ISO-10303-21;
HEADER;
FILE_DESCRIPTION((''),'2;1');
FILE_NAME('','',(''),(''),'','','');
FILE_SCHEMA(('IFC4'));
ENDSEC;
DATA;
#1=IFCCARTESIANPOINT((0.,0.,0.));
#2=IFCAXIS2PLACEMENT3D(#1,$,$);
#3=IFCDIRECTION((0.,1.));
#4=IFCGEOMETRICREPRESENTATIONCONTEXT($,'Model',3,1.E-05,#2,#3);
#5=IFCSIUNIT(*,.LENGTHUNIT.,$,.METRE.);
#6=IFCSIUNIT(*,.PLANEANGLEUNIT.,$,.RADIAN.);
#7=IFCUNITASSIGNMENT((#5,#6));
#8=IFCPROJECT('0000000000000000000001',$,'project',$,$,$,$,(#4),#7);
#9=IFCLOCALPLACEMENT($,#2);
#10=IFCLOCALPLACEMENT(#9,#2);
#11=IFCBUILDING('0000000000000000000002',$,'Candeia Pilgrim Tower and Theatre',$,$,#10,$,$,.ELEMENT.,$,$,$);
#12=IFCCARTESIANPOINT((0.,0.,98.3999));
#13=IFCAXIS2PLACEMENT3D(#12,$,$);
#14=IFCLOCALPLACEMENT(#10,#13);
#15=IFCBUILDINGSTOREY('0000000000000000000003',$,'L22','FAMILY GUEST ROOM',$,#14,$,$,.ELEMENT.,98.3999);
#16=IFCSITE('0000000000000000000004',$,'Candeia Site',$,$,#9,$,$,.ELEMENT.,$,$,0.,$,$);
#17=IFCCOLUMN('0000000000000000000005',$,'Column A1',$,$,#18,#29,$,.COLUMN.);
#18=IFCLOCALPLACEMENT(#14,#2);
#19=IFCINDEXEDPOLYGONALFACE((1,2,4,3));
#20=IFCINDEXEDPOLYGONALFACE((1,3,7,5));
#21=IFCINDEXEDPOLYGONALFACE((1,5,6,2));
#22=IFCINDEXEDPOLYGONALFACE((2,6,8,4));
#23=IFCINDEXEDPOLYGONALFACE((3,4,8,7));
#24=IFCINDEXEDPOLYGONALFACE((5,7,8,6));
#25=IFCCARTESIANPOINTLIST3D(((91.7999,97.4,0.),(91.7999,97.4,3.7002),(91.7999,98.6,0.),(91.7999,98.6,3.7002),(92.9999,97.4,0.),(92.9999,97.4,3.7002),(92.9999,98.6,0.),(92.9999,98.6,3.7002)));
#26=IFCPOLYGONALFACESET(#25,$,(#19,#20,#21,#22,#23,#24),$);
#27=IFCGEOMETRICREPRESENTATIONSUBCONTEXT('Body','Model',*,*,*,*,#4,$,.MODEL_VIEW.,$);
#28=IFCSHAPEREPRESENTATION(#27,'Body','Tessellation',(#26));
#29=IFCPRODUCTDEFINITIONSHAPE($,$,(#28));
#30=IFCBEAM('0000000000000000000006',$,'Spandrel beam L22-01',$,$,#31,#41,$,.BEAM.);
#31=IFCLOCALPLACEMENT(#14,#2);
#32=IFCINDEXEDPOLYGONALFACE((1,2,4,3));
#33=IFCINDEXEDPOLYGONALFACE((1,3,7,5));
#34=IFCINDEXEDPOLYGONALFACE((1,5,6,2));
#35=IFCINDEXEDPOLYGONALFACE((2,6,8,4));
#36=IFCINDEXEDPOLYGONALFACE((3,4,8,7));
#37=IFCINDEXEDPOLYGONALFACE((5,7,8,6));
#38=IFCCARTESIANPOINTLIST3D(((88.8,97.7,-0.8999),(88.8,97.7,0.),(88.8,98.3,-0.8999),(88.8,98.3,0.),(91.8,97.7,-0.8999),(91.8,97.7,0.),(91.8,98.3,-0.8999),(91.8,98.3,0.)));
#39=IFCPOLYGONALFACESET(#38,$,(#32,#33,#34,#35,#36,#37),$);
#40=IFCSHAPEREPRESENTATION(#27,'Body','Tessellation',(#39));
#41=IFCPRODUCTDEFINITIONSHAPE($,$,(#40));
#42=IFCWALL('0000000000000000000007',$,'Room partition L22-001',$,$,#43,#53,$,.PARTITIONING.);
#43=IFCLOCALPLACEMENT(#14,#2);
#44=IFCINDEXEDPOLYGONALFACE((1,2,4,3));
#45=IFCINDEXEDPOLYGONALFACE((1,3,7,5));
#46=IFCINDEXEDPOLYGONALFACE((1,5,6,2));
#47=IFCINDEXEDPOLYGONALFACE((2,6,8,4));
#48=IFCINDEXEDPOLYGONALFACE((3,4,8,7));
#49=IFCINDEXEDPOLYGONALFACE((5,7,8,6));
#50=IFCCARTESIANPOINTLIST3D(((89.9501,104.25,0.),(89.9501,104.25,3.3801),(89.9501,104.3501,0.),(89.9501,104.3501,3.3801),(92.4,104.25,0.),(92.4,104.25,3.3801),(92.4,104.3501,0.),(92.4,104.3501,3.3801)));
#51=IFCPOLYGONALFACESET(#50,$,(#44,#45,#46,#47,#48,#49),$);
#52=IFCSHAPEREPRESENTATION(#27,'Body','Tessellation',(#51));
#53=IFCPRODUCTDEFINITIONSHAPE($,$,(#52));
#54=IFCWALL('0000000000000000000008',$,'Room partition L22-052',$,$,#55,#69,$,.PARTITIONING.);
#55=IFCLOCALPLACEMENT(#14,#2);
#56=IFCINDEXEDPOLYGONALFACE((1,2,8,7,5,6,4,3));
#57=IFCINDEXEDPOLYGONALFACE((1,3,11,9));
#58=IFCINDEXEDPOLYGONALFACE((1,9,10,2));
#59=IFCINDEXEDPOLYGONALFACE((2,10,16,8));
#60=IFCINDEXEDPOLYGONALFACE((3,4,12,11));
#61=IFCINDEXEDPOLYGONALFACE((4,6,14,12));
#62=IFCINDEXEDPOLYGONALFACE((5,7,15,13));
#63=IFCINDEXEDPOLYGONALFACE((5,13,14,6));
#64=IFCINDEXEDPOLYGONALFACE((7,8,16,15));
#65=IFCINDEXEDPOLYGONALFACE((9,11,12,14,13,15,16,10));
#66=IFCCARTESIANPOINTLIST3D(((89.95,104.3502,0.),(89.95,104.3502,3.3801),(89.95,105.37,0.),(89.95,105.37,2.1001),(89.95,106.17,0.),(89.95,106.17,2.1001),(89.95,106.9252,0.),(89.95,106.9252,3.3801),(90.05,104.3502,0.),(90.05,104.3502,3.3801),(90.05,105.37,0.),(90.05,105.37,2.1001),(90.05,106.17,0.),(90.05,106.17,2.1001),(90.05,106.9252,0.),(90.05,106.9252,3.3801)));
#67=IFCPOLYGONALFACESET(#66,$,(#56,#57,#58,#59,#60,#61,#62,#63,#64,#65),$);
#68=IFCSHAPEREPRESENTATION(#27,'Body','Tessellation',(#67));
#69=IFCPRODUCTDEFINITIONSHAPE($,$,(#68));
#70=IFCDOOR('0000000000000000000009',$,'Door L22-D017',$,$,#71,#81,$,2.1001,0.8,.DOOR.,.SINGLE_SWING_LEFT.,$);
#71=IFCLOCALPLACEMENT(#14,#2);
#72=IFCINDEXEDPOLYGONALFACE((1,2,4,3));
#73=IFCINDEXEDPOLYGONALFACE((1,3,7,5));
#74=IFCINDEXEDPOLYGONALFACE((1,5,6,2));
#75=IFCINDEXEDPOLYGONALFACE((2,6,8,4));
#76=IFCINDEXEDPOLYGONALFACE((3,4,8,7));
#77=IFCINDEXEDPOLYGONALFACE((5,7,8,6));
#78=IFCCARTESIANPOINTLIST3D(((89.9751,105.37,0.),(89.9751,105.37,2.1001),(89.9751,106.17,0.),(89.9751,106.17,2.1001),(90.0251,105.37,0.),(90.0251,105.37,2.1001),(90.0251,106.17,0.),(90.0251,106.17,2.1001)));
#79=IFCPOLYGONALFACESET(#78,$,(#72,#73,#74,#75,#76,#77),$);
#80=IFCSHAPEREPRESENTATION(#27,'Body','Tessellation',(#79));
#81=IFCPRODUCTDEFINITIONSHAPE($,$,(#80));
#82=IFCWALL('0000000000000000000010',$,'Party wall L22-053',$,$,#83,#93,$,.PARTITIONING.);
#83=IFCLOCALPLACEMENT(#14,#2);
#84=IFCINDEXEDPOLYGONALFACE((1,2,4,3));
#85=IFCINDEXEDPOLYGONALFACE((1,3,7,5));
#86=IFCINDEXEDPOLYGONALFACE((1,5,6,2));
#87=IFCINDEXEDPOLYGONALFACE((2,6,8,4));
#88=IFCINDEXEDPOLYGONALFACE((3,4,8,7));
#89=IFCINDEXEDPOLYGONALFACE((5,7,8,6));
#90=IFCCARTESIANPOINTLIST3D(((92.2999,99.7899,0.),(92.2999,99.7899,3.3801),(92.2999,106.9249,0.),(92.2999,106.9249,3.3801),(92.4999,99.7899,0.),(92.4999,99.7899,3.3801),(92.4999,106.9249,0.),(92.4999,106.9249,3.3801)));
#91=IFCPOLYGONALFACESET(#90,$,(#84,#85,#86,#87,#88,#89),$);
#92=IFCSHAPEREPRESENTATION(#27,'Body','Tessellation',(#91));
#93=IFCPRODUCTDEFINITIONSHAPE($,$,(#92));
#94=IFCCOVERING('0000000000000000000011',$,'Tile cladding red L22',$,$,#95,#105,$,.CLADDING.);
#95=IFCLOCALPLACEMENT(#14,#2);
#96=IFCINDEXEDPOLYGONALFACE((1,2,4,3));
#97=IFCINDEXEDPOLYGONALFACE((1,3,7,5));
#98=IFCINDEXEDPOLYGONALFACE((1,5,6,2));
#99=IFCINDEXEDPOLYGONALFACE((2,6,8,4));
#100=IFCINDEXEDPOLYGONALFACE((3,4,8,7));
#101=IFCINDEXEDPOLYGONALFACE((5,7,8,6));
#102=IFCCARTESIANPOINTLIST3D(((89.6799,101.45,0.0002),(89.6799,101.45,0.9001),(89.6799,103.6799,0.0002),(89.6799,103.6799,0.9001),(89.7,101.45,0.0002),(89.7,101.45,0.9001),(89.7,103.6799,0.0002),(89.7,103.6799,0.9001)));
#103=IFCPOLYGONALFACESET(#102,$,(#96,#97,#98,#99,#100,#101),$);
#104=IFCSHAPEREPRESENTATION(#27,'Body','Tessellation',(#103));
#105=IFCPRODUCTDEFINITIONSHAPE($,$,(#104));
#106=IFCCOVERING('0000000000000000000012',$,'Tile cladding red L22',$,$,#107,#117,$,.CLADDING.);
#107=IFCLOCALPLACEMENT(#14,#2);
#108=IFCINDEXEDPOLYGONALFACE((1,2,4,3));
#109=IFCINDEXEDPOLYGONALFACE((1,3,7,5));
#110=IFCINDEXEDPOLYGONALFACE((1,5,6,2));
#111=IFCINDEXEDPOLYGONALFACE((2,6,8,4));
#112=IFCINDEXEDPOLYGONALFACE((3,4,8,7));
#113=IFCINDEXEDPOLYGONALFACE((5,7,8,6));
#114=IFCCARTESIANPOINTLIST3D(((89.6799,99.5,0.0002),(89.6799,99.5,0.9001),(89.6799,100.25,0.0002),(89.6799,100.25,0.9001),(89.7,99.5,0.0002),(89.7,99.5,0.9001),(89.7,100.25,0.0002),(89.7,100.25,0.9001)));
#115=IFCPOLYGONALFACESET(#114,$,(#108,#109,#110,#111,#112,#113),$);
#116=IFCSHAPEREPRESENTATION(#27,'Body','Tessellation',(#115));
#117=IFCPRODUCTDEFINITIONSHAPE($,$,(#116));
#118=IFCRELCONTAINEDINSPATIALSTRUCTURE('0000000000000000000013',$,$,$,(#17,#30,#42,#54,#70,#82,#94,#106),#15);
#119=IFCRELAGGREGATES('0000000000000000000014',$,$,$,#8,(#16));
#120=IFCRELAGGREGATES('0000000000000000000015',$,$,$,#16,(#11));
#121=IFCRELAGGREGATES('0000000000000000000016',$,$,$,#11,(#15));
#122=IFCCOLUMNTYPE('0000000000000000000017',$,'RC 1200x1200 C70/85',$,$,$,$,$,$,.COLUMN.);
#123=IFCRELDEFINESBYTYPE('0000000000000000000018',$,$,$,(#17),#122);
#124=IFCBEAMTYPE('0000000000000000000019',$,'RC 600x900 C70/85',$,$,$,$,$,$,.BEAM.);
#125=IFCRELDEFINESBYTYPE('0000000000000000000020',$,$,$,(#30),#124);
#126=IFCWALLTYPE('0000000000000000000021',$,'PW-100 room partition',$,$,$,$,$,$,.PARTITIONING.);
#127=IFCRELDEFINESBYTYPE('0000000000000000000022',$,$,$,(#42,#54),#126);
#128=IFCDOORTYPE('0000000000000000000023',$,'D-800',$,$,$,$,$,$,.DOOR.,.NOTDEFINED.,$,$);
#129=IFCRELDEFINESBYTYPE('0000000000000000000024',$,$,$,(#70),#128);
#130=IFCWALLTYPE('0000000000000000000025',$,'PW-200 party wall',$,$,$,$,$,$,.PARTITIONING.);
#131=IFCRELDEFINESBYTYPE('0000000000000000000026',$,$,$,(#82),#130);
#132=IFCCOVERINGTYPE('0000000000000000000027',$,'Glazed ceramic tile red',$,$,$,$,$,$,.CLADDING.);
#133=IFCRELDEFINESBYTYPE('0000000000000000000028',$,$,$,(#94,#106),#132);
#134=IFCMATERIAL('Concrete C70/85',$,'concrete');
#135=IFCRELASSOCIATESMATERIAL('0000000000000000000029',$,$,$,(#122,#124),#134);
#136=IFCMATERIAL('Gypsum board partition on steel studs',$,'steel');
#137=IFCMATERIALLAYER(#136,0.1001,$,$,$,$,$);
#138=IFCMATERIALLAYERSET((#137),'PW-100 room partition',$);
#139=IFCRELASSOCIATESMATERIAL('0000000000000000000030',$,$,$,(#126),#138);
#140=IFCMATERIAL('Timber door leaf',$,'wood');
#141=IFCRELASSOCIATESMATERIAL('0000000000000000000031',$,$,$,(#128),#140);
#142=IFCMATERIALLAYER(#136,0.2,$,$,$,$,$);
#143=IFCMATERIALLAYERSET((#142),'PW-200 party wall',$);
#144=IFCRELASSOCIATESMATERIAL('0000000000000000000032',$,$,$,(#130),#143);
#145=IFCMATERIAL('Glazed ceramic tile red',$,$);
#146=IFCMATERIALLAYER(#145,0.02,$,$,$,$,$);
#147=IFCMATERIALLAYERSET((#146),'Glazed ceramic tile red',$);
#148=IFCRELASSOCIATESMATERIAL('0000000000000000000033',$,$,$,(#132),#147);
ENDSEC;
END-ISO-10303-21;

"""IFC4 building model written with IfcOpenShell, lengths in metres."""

from ifc_helpers import new_model, si_unit, direction, frame, frame_2d, origin, origin_2d, place, context, subcontext, project, spatial, rectangle, extrude, material, layer, layer_set, material_profile, profile_set, type_object, element, fill, save


model = new_model("IFC4")

# Units and contexts
model_context = context("Model", 3, precision=1e-05, world=origin(), true_north=direction((0.0, 1.0)))
body_context = subcontext(model_context, "Body", "Model", "MODEL_VIEW")
ifc_project = project(units=[si_unit("LENGTHUNIT", "METRE"), si_unit("PLANEANGLEUNIT", "RADIAN")], contexts=[model_context])

# Site, building, storey
site_placement = place(None, origin())
site = spatial("IfcSite", under=ifc_project, at=site_placement, Name="Candeia Site", CompositionType="ELEMENT", RefElevation=0.0)
building_placement = place(site_placement, origin())
building = spatial("IfcBuilding", under=site, at=building_placement, Name="Candeia Pilgrim Tower and Theatre", CompositionType="ELEMENT")
storey_placement = place(building_placement, frame((0.0, 0.0, 98.3999)))
storey = spatial("IfcBuildingStorey", under=building, at=storey_placement, Name="L22", Description="FAMILY GUEST ROOM", CompositionType="ELEMENT", Elevation=98.3999)

# Column
ifc_material_1 = material(Name="Concrete C70/85", Category="concrete")
ifc_material_profile_1 = material_profile(ifc_material_1, rectangle(XDim=1.2, YDim=1.2, at=origin_2d()))
ifc_profile_set_1 = profile_set([ifc_material_profile_1], Name="Concrete C70/85")
column_type = type_object("IfcColumnType", Name="RC 1200x1200 C70/85", PredefinedType="COLUMN", material=ifc_profile_set_1)
column_placement = place(storey_placement, frame((92.3999, 98.0, 0.0), z_axis=(0.0, 0.0, 1.0), x_axis=(1.0, 0.0, 0.0)))
element("IfcColumn", 1, at=column_placement, inside=storey, type_object=column_type, Name="Column A1", PredefinedType="COLUMN", context=body_context, shape_type="SweptSolid", body=[
    extrude(rectangle(XDim=1.2, YDim=1.2, at=origin_2d()), origin(), (0.0, 0.0, 1.0), 3.7002),
])

# Beam
ifc_material_profile_2 = material_profile(ifc_material_1, rectangle(XDim=0.6001, YDim=0.8999, at=origin_2d()))
ifc_profile_set_2 = profile_set([ifc_material_profile_2], Name="Concrete C70/85")
beam_type = type_object("IfcBeamType", Name="RC 600x900 C70/85", PredefinedType="BEAM", material=ifc_profile_set_2)
beam_placement = place(storey_placement, frame((88.8, 98.0, -0.45), z_axis=(1.0, 0.0, 0.0), x_axis=(0.0, 1.0, 0.0)))
element("IfcBeam", 2, at=beam_placement, inside=storey, type_object=beam_type, Name="Spandrel beam L22-01", PredefinedType="BEAM", context=body_context, shape_type="SweptSolid", body=[
    extrude(rectangle(XDim=0.6001, YDim=0.8999, at=origin_2d()), origin(), (0.0, 0.0, 1.0), 3.0),
])

# Wall
ifc_material_2 = material(Name="Gypsum board partition on steel studs", Category="steel")
ifc_layer_1 = layer(ifc_material_2, 0.1001)
ifc_layer_set_1 = layer_set([ifc_layer_1], Name="PW-100 room partition")
wall_type_1 = type_object("IfcWallType", Name="PW-100 room partition", PredefinedType="PARTITIONING", material=ifc_layer_set_1)
wall_1_placement = place(storey_placement, frame((89.95, 104.3, 0.0), z_axis=(0.0, 0.0, 1.0), x_axis=(1.0, 0.0, 0.0)))
element("IfcWall", 3, at=wall_1_placement, inside=storey, type_object=wall_type_1, Name="Room partition L22-001", PredefinedType="PARTITIONING", context=body_context, shape_type="SweptSolid", body=[
    extrude(rectangle(XDim=2.45, YDim=0.1001, at=frame_2d((1.2251, 0.0))), origin(), (0.0, 0.0, 1.0), 3.3801),
])

# Wall, opening, door
wall_2_placement = place(storey_placement, frame((90.0, 104.3501, 0.0), z_axis=(0.0, 0.0, 1.0), x_axis=(0.0, 1.0, 0.0)))
wall_2 = element("IfcWall", 4, at=wall_2_placement, inside=storey, type_object=wall_type_1, Name="Room partition L22-052", PredefinedType="PARTITIONING", context=body_context, shape_type="SweptSolid", body=[
    extrude(rectangle(XDim=2.575, YDim=0.1001, at=frame_2d((1.2876, 0.0))), origin(), (0.0, 0.0, 1.0), 3.3801),
])
opening_1_placement = place(wall_2_placement, frame((1.02, 0.0, 0.0)))
opening_1 = element("IfcOpeningElement", 5, at=opening_1_placement, cuts=wall_2, PredefinedType="OPENING", context=body_context, shape_type="SweptSolid", body=[
    extrude(rectangle(XDim=0.8, YDim=2.1001, at=frame_2d((0.3999, 1.05))), frame((0.0, 0.0601, 0.0), z_axis=(0.0, -1.0, 0.0), x_axis=(1.0, 0.0, 0.0)), (0.0, 0.0, 1.0), 0.1201),
])
ifc_material_3 = material(Name="Timber door leaf", Category="wood")
door_type_1 = type_object("IfcDoorType", Name="D-800", OperationType="NOTDEFINED", PredefinedType="DOOR", material=ifc_material_3)
door_1_placement = place(opening_1_placement, origin())
door_1 = element("IfcDoor", 6, at=door_1_placement, inside=storey, type_object=door_type_1, Name="Door L22-D017", OperationType="SINGLE_SWING_LEFT", OverallHeight=2.1001, OverallWidth=0.8, PredefinedType="DOOR", context=body_context, shape_type="SweptSolid", body=[
    extrude(rectangle(XDim=0.8, YDim=2.1001, at=frame_2d((0.3999, 1.05))), frame((0.0, 0.0249, 0.0), z_axis=(0.0, -1.0, 0.0), x_axis=(1.0, 0.0, 0.0)), (0.0, 0.0, 1.0), 0.05),
])
fill(opening_1, door_1)

# Wall
ifc_layer_2 = layer(ifc_material_2, 0.2)
ifc_layer_set_2 = layer_set([ifc_layer_2], Name="PW-200 party wall")
wall_type_2 = type_object("IfcWallType", Name="PW-200 party wall", PredefinedType="PARTITIONING", material=ifc_layer_set_2)
wall_3_placement = place(storey_placement, frame((92.3999, 99.79, 0.0), z_axis=(0.0, 0.0, 1.0), x_axis=(0.0, 1.0, 0.0)))
element("IfcWall", 7, at=wall_3_placement, inside=storey, type_object=wall_type_2, Name="Party wall L22-053", PredefinedType="PARTITIONING", context=body_context, shape_type="SweptSolid", body=[
    extrude(rectangle(XDim=7.135, YDim=0.2, at=frame_2d((3.5674, 0.0))), origin(), (0.0, 0.0, 1.0), 3.3801),
])

# Coverings
ifc_material_4 = material(Name="Glazed ceramic tile red")
ifc_layer_3 = layer(ifc_material_4, 0.02)
ifc_layer_set_3 = layer_set([ifc_layer_3], Name="Glazed ceramic tile red")
covering_type = type_object("IfcCoveringType", Name="Glazed ceramic tile red", PredefinedType="CLADDING", material=ifc_layer_set_3)
covering_1_placement = place(storey_placement, frame((89.6899, 102.5649, 0.0002), z_axis=(0.0, 0.0, 1.0), x_axis=(0.0, -1.0, 0.0)))
element("IfcCovering", 8, at=covering_1_placement, inside=storey, type_object=covering_type, Name="Tile cladding red L22", PredefinedType="CLADDING", context=body_context, shape_type="SweptSolid", body=[
    extrude(rectangle(XDim=2.23, YDim=0.02, at=origin_2d()), origin(), (0.0, 0.0, 1.0), 0.8999),
])
covering_2_placement = place(storey_placement, frame((89.6899, 99.875, 0.0002), z_axis=(0.0, 0.0, 1.0), x_axis=(0.0, -1.0, 0.0)))
element("IfcCovering", 9, at=covering_2_placement, inside=storey, type_object=covering_type, Name="Tile cladding red L22", PredefinedType="CLADDING", context=body_context, shape_type="SweptSolid", body=[
    extrude(rectangle(XDim=0.75, YDim=0.02, at=origin_2d()), origin(), (0.0, 0.0, 1.0), 0.8999),
])

save(model, "model.ifc")
